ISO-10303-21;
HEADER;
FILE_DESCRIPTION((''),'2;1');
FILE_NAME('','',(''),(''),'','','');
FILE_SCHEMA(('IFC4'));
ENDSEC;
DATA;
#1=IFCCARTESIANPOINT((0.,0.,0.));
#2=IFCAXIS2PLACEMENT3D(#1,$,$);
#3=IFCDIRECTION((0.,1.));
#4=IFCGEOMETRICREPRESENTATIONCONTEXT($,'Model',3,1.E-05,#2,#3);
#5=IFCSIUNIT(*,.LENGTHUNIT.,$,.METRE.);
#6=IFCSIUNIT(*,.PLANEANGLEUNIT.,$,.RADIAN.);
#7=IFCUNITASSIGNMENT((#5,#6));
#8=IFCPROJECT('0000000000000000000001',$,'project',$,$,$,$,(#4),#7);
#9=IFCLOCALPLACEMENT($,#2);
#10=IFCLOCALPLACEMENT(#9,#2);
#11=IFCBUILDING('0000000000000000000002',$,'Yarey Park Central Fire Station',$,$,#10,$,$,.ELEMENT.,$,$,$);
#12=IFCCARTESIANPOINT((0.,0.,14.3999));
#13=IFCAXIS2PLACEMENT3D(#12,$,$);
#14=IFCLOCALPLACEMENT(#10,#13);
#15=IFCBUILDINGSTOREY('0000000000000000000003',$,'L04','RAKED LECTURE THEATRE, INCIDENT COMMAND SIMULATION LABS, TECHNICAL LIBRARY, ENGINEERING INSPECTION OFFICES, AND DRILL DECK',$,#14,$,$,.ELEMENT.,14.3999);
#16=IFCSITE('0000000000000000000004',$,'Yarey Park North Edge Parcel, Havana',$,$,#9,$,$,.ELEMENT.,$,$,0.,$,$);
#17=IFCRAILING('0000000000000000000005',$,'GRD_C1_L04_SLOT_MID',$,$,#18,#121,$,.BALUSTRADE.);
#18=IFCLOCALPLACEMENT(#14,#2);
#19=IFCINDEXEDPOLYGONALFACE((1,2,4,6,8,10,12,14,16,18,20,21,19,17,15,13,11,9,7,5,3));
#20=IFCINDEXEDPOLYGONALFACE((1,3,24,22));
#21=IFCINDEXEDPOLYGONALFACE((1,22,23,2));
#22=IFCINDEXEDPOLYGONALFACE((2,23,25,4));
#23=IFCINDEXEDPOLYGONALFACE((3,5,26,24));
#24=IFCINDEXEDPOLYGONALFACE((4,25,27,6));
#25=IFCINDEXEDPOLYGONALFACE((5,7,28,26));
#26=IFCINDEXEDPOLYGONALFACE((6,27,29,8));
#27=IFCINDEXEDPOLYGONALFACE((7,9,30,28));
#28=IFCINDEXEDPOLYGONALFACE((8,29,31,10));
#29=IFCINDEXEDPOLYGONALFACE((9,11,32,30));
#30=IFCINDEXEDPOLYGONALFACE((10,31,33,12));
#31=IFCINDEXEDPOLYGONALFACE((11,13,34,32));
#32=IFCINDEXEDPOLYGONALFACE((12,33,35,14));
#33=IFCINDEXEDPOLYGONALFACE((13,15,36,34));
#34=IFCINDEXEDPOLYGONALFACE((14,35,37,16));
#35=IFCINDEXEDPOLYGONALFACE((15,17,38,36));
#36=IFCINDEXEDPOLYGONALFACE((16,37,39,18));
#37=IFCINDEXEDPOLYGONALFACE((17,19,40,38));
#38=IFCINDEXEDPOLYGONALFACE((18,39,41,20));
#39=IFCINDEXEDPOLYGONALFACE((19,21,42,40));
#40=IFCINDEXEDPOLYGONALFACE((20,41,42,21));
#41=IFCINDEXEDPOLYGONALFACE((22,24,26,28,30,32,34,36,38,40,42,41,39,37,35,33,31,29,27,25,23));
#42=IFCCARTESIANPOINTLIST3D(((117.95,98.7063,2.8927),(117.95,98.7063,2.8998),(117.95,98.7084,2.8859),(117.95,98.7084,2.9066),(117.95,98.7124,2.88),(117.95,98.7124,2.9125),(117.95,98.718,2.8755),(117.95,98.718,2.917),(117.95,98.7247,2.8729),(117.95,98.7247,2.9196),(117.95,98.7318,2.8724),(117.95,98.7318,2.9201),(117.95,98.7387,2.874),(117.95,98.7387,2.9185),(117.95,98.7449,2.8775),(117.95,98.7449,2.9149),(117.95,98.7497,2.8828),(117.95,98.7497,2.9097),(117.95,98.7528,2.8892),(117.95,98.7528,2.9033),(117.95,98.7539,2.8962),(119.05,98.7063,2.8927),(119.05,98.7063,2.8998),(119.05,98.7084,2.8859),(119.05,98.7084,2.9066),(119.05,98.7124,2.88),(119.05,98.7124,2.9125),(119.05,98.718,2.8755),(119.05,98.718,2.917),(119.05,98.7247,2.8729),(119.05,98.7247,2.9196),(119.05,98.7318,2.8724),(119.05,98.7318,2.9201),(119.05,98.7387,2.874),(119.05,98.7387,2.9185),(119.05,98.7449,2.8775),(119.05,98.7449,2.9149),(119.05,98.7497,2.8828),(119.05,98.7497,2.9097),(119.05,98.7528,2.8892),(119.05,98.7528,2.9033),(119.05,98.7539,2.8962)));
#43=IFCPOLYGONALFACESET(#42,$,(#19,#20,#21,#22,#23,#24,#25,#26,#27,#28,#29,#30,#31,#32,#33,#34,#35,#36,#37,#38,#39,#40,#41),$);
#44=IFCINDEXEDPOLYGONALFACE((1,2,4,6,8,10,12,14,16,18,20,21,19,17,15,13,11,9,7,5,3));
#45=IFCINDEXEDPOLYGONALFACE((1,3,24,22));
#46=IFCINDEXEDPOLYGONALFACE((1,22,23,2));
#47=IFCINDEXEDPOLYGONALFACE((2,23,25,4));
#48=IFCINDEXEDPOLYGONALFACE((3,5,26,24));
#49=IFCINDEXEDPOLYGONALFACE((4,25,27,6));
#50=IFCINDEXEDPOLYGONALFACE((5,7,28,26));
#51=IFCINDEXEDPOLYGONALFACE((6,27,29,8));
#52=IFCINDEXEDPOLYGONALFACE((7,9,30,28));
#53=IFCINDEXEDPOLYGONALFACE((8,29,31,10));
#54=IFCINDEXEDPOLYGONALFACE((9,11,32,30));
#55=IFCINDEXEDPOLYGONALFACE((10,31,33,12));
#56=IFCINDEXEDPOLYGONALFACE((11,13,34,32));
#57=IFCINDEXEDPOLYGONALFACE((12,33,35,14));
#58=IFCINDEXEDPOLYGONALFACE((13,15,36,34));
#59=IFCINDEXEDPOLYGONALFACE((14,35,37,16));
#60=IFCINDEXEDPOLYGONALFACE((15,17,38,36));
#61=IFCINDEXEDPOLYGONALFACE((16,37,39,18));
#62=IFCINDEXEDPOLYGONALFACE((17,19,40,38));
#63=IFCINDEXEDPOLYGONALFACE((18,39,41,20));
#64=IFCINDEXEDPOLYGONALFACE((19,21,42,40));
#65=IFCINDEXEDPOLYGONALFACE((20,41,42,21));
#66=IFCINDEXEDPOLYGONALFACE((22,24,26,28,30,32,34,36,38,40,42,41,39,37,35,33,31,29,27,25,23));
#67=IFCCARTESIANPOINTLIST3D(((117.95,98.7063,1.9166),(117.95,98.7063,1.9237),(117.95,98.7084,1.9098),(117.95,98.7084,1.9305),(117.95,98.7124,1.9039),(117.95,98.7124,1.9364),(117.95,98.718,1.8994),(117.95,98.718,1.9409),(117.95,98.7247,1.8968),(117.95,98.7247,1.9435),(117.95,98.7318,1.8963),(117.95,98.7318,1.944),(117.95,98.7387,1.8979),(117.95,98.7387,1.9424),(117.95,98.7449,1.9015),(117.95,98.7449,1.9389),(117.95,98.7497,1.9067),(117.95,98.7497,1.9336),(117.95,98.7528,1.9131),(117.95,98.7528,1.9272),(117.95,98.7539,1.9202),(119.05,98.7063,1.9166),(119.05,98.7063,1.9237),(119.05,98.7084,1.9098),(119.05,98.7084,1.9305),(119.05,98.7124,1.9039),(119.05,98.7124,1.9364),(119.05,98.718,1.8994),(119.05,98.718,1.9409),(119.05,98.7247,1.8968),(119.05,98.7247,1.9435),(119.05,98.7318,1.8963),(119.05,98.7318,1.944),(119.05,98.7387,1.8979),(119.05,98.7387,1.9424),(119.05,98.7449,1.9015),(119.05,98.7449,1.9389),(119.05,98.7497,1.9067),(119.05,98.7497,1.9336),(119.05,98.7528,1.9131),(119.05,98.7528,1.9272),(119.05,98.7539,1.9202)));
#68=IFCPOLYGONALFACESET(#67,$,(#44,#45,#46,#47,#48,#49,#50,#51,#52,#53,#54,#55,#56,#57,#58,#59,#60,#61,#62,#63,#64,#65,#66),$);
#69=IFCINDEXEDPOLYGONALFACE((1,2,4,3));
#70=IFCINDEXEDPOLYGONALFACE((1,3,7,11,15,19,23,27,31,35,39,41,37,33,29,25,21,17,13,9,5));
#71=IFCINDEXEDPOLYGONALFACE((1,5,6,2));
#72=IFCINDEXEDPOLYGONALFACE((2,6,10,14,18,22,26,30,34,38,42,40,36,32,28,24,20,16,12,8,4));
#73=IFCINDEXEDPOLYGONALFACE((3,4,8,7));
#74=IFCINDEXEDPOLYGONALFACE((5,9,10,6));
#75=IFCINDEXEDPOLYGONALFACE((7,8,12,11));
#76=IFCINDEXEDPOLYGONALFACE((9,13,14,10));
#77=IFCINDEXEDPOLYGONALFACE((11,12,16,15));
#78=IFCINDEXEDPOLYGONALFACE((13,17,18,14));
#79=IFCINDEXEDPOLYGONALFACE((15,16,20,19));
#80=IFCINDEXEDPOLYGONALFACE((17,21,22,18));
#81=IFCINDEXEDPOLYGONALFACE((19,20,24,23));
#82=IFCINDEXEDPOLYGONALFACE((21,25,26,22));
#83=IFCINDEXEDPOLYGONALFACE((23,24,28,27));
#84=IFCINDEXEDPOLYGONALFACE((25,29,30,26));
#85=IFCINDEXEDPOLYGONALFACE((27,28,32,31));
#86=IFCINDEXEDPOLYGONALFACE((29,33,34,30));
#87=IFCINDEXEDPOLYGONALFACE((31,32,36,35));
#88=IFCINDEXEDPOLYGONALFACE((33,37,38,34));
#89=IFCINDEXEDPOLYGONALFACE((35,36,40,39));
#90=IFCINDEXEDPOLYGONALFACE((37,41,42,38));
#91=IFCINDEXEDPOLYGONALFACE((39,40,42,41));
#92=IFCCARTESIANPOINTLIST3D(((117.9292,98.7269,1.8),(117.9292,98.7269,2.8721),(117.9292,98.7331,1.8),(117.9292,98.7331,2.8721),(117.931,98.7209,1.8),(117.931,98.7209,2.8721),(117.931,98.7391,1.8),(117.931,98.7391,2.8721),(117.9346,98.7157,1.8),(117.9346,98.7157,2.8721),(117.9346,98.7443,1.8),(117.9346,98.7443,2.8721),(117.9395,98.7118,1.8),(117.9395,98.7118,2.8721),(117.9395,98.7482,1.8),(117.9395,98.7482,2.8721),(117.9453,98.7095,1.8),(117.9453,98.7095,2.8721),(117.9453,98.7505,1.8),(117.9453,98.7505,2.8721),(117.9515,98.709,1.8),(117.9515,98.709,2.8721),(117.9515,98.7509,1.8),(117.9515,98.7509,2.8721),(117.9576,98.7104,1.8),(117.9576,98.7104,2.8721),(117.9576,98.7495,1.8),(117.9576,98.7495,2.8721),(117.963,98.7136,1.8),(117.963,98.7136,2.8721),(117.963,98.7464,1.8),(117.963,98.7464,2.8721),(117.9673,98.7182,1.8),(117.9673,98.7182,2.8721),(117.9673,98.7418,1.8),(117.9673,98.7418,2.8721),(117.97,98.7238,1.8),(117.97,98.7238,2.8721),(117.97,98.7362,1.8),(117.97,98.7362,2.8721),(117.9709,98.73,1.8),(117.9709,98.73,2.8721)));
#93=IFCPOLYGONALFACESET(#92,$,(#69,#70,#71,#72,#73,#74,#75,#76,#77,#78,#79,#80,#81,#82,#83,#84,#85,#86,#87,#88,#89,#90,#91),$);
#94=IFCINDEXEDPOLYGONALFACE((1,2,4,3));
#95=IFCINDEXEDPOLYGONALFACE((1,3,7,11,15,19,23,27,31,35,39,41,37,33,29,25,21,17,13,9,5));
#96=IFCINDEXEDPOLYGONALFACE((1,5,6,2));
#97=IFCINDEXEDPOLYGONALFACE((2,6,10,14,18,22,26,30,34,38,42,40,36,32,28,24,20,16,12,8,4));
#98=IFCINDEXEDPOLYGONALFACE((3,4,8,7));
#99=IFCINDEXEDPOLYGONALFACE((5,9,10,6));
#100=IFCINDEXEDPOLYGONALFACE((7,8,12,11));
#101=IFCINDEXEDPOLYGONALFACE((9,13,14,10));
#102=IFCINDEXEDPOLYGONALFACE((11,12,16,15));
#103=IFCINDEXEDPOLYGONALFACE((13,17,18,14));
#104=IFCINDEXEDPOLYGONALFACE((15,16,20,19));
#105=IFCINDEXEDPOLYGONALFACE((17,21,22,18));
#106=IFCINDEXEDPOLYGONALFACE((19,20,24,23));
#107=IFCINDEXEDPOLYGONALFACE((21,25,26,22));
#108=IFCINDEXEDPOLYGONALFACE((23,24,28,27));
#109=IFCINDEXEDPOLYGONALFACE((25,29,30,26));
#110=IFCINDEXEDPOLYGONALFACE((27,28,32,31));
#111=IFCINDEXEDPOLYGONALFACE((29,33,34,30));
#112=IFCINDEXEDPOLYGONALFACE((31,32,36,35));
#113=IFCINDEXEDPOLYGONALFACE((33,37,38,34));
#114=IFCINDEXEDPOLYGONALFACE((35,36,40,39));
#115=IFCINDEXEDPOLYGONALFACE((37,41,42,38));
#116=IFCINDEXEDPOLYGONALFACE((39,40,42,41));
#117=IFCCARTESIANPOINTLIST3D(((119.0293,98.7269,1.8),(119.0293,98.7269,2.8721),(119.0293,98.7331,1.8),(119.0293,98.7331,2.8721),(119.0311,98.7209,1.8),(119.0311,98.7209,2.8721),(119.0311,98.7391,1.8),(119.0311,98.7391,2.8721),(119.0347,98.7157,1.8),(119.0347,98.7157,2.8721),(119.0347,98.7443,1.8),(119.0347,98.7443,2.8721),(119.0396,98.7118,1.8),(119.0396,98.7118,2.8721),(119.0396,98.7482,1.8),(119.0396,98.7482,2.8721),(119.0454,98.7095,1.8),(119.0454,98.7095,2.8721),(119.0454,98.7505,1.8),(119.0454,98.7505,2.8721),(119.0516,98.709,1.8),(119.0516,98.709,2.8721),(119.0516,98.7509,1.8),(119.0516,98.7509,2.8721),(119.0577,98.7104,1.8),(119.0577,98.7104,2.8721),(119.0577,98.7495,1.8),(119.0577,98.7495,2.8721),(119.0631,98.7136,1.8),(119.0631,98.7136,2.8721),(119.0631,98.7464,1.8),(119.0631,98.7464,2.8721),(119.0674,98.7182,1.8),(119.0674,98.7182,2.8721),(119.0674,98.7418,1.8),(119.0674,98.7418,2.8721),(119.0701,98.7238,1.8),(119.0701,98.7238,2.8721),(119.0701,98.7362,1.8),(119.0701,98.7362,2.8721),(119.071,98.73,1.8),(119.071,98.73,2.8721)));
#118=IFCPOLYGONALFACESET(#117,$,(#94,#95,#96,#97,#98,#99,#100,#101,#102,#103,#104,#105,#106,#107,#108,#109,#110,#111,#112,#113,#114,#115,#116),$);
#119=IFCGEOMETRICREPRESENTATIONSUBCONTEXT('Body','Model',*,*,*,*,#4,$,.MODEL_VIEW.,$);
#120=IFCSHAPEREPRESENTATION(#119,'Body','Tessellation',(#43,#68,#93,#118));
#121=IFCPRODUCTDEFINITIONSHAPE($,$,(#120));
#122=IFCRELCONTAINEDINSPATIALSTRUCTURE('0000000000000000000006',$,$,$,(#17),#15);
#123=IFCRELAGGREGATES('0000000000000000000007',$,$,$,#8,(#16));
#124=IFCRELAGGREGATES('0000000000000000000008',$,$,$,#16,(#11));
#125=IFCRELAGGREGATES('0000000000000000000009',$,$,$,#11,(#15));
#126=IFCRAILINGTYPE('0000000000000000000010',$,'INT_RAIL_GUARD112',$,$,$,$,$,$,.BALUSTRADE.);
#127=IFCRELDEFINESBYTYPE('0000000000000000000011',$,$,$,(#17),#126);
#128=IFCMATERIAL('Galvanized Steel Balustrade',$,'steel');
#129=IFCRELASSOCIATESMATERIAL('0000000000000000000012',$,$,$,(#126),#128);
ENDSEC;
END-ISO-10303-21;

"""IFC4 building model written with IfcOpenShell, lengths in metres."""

from ifc_helpers import new_model, si_unit, direction, frame, origin, origin_2d, place, context, subcontext, project, spatial, circle, extrude, material, type_object, element, save


model = new_model("IFC4")

# Units and contexts
model_context = context("Model", 3, precision=1e-05, world=origin(), true_north=direction((0.0, 1.0)))
body_context = subcontext(model_context, "Body", "Model", "MODEL_VIEW")
ifc_project = project(units=[si_unit("LENGTHUNIT", "METRE"), si_unit("PLANEANGLEUNIT", "RADIAN")], contexts=[model_context])

# Site, building, storey
site_placement = place(None, origin())
site = spatial("IfcSite", under=ifc_project, at=site_placement, Name="Yarey Park North Edge Parcel, Havana", CompositionType="ELEMENT", RefElevation=0.0)
building_placement = place(site_placement, origin())
building = spatial("IfcBuilding", under=site, at=building_placement, Name="Yarey Park Central Fire Station", CompositionType="ELEMENT")
storey_placement = place(building_placement, frame((0.0, 0.0, 14.3999)))
storey = spatial("IfcBuildingStorey", under=building, at=storey_placement, Name="L04", Description="RAKED LECTURE THEATRE, INCIDENT COMMAND SIMULATION LABS, TECHNICAL LIBRARY, ENGINEERING INSPECTION OFFICES, AND DRILL DECK", CompositionType="ELEMENT", Elevation=14.3999)

# Railing
ifc_material_1 = material(Name="Galvanized Steel Balustrade", Category="steel")
railing_type_1 = type_object("IfcRailingType", Name="INT_RAIL_GUARD112", PredefinedType="BALUSTRADE", material=ifc_material_1)
railing_1_placement = place(storey_placement, frame((117.95, 98.73, 1.8)))
element("IfcRailing", 1, at=railing_1_placement, inside=storey, type_object=railing_type_1, Name="GRD_C1_L04_SLOT_MID", PredefinedType="BALUSTRADE", context=body_context, shape_type="SweptSolid", body=[
    extrude(circle(Radius=0.0239, at=origin_2d()), frame((0.0, 0.0, 1.0962), z_axis=(1.0, 0.0, 0.0), x_axis=(0.0, 1.0, 0.0)), (0.0, 0.0, 1.0), 1.1001),
    extrude(circle(Radius=0.0239, at=origin_2d()), frame((0.0, 0.0, 0.1201), z_axis=(1.0, 0.0, 0.0), x_axis=(0.0, 1.0, 0.0)), (0.0, 0.0, 1.0), 1.1001),
    extrude(circle(Radius=0.021, at=origin_2d()), origin(), (0.0, 0.0, 1.0), 1.072),
    extrude(circle(Radius=0.021, at=origin_2d()), frame((1.1001, 0.0, 0.0)), (0.0, 0.0, 1.0), 1.072),
])

save(model, "model.ifc")
